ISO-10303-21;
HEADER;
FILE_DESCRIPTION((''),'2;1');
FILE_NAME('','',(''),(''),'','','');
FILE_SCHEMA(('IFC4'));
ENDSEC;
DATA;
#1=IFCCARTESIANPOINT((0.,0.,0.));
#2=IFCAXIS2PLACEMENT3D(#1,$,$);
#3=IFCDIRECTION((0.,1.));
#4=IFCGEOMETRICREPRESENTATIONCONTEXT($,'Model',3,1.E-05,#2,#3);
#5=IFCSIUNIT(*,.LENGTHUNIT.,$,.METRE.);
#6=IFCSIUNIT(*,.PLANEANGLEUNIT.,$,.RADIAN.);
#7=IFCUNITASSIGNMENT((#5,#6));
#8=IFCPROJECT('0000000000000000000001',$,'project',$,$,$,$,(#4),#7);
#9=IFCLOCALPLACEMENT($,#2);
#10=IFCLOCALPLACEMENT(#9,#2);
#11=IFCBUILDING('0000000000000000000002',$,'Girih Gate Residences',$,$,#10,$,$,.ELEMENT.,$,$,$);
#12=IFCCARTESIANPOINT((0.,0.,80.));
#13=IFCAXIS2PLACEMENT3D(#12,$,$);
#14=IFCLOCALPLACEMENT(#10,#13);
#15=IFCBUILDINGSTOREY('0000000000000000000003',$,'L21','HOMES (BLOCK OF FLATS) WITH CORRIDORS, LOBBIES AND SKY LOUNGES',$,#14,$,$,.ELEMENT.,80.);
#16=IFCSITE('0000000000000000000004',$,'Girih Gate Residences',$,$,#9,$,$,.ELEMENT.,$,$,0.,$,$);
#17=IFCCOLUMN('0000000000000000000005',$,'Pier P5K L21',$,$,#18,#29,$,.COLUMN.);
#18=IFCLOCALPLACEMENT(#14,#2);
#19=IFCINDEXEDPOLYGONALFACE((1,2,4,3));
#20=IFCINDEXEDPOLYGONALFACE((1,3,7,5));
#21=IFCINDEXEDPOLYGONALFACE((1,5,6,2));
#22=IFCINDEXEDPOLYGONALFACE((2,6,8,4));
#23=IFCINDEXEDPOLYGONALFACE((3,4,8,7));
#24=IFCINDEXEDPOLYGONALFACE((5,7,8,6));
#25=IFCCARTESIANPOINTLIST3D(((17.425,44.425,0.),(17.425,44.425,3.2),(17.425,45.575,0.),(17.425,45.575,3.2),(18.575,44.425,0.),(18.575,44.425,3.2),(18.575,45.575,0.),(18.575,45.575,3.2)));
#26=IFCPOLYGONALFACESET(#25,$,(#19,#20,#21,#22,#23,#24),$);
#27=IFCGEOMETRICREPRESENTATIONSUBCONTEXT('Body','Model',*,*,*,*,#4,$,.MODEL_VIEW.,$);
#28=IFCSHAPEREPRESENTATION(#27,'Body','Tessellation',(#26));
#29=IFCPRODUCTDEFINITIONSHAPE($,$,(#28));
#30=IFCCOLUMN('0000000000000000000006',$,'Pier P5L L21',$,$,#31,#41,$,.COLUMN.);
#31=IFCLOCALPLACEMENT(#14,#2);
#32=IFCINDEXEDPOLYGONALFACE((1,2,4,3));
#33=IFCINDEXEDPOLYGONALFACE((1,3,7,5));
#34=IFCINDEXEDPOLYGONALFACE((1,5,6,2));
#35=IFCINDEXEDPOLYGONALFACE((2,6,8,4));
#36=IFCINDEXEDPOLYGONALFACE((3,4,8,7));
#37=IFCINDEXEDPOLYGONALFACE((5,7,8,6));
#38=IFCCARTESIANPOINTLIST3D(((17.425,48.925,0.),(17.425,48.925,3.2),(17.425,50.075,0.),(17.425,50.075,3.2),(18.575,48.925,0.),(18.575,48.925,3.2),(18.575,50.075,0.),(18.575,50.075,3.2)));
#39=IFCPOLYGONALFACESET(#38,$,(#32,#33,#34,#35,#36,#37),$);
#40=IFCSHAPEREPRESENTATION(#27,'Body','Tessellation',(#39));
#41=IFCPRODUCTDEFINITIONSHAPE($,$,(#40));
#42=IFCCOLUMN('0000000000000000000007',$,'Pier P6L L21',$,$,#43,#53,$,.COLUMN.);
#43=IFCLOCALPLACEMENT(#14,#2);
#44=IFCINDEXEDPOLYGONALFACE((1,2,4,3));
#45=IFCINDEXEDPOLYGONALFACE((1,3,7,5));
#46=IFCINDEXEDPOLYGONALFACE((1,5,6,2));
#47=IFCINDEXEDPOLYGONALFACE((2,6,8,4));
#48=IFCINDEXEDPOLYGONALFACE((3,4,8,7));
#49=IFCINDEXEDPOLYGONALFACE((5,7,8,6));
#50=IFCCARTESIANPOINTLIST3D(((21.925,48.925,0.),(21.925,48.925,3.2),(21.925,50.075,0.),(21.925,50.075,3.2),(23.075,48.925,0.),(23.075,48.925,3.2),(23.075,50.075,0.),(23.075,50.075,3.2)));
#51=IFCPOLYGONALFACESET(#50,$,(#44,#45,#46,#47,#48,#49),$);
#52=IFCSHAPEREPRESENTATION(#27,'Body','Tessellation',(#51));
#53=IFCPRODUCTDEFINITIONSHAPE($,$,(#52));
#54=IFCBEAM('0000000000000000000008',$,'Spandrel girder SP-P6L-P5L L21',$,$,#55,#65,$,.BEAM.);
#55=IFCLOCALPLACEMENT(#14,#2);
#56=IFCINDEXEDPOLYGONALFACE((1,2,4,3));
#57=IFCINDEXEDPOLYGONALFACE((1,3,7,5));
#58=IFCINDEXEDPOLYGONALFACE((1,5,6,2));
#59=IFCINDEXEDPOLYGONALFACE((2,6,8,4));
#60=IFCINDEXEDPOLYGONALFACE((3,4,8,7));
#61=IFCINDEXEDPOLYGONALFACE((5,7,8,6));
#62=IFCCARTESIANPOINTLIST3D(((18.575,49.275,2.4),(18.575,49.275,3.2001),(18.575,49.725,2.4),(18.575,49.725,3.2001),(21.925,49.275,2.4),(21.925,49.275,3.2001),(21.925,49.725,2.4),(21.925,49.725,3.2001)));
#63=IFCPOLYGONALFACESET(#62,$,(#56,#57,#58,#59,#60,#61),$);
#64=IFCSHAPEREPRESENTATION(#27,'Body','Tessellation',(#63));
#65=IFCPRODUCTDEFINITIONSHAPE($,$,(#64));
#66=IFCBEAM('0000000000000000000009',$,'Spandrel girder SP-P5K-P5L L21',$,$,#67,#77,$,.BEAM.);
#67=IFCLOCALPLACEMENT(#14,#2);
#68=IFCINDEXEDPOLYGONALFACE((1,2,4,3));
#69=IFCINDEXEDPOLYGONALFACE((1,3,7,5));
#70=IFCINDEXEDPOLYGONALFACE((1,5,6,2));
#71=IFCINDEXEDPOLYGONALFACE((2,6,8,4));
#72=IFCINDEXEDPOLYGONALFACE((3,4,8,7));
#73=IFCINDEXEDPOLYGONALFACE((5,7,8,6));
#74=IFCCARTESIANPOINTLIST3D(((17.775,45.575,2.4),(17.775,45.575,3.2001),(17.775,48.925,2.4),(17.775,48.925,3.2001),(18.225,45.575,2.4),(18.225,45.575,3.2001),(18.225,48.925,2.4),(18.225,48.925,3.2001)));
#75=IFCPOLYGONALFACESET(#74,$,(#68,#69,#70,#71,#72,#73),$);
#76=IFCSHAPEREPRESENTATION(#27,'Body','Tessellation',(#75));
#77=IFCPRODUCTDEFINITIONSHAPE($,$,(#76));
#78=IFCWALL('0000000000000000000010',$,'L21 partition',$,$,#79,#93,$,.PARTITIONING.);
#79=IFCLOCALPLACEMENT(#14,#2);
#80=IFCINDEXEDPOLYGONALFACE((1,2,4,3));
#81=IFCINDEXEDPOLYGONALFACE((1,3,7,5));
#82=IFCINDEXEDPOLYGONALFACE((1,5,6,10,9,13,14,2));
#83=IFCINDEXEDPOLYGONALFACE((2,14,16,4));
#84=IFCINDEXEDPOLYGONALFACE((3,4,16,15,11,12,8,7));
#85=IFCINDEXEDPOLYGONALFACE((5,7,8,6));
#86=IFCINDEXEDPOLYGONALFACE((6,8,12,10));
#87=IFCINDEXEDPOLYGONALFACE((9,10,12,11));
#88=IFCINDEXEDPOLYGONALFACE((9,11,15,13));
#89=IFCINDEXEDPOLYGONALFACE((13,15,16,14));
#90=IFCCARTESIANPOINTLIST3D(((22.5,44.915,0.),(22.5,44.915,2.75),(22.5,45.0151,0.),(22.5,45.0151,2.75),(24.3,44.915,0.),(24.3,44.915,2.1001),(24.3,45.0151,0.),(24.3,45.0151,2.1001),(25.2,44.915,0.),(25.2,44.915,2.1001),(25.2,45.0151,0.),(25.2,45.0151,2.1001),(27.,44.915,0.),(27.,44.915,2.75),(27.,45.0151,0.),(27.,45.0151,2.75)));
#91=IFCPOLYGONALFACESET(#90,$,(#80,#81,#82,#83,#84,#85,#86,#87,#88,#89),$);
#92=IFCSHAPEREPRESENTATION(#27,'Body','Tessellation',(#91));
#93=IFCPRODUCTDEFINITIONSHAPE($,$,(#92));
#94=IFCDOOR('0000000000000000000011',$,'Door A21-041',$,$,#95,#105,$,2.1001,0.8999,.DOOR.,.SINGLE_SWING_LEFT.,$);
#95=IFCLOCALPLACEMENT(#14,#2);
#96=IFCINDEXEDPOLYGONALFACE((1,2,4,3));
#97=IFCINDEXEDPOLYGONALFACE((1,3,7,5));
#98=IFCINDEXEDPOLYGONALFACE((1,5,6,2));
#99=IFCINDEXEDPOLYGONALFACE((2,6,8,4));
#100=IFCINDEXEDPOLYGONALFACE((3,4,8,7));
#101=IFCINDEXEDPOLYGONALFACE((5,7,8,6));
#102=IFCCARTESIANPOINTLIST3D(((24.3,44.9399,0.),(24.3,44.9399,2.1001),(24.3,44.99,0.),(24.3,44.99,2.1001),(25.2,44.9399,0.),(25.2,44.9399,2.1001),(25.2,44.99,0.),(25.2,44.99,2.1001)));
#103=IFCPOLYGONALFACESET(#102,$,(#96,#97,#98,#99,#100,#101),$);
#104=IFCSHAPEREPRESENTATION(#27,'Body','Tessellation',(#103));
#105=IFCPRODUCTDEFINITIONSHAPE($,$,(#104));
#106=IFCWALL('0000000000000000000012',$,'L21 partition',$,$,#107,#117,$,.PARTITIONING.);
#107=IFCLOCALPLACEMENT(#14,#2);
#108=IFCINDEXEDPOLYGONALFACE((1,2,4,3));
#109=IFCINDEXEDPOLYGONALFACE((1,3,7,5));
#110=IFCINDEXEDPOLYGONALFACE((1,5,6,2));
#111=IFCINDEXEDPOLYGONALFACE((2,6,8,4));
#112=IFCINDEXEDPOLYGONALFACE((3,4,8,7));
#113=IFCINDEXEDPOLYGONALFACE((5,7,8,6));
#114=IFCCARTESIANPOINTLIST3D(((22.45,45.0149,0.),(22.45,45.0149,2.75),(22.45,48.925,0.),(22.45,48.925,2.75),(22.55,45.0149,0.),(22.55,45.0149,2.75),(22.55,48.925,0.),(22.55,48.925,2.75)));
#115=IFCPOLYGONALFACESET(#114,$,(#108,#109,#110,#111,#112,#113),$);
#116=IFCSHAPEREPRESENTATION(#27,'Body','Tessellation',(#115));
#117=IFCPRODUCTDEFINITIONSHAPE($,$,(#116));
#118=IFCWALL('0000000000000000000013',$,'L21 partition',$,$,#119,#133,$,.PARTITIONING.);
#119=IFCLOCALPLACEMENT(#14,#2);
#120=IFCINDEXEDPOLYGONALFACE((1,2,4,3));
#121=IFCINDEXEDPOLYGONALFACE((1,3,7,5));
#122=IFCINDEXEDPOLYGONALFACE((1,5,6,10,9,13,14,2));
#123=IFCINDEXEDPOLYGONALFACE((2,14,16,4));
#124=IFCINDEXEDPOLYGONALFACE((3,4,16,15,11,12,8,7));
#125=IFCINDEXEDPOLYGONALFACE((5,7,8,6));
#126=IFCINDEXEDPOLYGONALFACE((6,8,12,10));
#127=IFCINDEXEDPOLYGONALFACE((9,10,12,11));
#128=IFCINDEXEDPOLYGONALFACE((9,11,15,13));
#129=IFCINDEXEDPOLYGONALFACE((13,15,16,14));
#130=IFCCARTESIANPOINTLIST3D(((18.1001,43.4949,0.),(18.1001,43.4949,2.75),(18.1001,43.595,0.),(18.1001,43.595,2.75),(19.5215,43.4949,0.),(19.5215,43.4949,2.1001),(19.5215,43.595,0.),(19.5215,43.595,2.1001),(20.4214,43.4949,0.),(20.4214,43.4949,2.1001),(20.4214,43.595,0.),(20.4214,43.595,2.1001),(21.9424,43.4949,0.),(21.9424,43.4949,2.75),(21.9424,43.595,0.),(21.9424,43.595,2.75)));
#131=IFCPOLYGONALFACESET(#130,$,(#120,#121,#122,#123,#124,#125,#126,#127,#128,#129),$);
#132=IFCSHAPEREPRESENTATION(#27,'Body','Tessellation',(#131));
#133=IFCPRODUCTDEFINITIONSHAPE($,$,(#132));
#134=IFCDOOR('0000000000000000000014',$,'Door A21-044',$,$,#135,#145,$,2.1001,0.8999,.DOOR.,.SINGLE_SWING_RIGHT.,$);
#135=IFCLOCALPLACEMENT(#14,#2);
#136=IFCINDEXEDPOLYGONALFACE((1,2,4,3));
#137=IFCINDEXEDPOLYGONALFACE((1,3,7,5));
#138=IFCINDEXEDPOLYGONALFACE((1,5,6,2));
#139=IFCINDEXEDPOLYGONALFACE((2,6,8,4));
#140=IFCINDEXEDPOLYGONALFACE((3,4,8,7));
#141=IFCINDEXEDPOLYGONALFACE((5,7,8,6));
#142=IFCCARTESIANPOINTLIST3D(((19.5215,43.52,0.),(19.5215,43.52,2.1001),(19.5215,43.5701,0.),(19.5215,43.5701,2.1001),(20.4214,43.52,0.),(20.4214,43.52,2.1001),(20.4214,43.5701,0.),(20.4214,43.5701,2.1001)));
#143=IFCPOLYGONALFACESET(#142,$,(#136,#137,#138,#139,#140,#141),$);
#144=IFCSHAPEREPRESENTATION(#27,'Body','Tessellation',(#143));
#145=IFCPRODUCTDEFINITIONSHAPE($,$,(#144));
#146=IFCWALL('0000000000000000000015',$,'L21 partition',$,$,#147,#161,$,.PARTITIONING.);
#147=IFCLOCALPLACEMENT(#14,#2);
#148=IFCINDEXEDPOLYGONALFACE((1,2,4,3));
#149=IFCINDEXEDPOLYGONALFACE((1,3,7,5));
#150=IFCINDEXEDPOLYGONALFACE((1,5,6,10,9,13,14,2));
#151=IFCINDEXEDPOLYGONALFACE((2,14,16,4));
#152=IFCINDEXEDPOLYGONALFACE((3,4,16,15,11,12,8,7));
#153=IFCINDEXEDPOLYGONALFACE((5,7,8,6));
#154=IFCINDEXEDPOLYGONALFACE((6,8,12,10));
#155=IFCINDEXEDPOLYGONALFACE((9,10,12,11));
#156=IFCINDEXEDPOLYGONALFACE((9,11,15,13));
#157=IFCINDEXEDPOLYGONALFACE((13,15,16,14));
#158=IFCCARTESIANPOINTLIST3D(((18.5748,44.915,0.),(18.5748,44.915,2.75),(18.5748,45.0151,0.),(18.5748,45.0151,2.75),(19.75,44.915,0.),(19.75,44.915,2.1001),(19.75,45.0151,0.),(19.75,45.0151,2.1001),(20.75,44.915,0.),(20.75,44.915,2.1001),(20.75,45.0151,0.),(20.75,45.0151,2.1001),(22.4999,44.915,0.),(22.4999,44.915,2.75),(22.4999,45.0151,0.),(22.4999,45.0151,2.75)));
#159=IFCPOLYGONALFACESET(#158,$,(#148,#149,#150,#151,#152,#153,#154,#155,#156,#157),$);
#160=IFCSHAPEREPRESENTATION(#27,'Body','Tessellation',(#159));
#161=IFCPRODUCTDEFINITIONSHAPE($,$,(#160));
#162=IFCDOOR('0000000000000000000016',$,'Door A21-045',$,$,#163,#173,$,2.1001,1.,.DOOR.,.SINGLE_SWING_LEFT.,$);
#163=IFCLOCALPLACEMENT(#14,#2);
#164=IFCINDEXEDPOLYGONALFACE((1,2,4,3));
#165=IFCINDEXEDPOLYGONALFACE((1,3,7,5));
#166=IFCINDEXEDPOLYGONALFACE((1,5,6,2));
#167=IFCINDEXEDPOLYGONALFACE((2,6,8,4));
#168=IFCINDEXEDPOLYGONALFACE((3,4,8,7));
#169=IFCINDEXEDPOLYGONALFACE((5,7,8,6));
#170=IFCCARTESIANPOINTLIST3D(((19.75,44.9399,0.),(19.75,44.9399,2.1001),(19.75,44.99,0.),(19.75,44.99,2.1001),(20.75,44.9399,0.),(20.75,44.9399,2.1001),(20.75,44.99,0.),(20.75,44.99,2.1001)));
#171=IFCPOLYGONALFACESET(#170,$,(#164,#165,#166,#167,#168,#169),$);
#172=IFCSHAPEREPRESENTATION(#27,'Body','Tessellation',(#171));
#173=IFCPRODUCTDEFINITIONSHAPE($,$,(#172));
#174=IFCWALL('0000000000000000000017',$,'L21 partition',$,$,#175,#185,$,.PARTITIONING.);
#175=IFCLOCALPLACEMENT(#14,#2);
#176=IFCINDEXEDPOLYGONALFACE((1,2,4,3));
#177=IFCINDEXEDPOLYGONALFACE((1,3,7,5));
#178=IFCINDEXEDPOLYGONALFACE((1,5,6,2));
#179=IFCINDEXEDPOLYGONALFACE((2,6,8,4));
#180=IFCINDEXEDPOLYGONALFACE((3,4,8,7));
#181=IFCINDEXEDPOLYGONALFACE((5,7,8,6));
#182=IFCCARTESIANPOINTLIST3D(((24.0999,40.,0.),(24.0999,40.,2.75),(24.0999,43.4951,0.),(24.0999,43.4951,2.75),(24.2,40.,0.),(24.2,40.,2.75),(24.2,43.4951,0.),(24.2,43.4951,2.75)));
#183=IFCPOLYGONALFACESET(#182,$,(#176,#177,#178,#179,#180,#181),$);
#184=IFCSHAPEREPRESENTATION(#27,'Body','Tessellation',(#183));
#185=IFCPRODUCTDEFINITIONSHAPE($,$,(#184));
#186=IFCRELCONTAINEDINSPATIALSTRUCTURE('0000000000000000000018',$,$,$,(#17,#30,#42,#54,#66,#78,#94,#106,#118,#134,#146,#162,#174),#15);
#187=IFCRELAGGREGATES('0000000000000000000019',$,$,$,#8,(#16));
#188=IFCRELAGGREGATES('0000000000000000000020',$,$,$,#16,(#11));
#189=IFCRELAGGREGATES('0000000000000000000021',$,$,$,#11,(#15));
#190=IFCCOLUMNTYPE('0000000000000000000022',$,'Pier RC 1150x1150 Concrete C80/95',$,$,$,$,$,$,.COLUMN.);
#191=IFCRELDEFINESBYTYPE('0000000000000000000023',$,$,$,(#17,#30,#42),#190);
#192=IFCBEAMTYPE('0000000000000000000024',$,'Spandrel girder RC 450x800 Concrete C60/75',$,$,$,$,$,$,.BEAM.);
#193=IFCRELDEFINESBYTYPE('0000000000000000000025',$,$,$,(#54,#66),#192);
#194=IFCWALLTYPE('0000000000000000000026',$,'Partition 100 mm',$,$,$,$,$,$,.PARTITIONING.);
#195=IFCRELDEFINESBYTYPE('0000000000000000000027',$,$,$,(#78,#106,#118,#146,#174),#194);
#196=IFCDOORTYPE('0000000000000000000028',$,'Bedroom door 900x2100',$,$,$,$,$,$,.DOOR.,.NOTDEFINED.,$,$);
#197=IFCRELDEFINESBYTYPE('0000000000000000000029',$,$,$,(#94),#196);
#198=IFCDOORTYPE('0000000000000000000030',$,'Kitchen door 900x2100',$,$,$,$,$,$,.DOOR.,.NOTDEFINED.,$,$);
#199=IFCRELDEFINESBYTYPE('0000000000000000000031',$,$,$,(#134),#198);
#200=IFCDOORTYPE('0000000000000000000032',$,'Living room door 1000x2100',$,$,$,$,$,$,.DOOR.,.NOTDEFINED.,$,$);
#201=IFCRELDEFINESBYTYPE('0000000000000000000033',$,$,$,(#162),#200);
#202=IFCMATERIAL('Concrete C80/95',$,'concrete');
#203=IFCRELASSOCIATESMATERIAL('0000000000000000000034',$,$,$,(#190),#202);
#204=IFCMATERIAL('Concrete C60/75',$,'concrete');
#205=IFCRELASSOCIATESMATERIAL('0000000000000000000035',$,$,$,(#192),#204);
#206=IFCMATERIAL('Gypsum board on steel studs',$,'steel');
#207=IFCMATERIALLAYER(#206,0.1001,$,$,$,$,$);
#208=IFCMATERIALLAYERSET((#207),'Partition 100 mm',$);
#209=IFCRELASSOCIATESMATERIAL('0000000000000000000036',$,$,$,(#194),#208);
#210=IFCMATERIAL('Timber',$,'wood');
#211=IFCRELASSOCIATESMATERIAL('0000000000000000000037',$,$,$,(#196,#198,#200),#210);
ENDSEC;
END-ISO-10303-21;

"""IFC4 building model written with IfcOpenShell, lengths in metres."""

from ifc_helpers import new_model, si_unit, direction, frame, frame_2d, origin, origin_2d, place, context, subcontext, project, spatial, rectangle, extrude, material, layer, layer_set, material_profile, profile_set, type_object, element, fill, save


model = new_model("IFC4")

# Units and contexts
model_context = context("Model", 3, precision=1e-05, world=origin(), true_north=direction((0.0, 1.0)))
body_context = subcontext(model_context, "Body", "Model", "MODEL_VIEW")
ifc_project = project(units=[si_unit("LENGTHUNIT", "METRE"), si_unit("PLANEANGLEUNIT", "RADIAN")], contexts=[model_context])

# Site, building, storey
site_placement = place(None, origin())
site = spatial("IfcSite", under=ifc_project, at=site_placement, Name="Girih Gate Residences", CompositionType="ELEMENT", RefElevation=0.0)
building_placement = place(site_placement, origin())
building = spatial("IfcBuilding", under=site, at=building_placement, Name="Girih Gate Residences", CompositionType="ELEMENT")
storey_placement = place(building_placement, frame((0.0, 0.0, 80.0)))
storey = spatial("IfcBuildingStorey", under=building, at=storey_placement, Name="L21", Description="HOMES (BLOCK OF FLATS) WITH CORRIDORS, LOBBIES AND SKY LOUNGES", CompositionType="ELEMENT", Elevation=80.0)

# Columns
ifc_material_1 = material(Name="Concrete C80/95", Category="concrete")
ifc_material_profile_1 = material_profile(ifc_material_1, rectangle(XDim=1.1499, YDim=1.1499, at=origin_2d()))
ifc_profile_set_1 = profile_set([ifc_material_profile_1], Name="Concrete C80/95")
column_type = type_object("IfcColumnType", Name="Pier RC 1150x1150 Concrete C80/95", PredefinedType="COLUMN", material=ifc_profile_set_1)
for number, where, z_axis, x_axis, name in (
    (1, (18.0, 45.0, 0.0), (0.0, 0.0, 1.0), (1.0, 0.0, 0.0), "Pier P5K L21"),
    (2, (18.0, 49.5, 0.0), (0.0, 0.0, 1.0), (1.0, 0.0, 0.0), "Pier P5L L21"),
    (3, (22.5, 49.5, 0.0), (0.0, 0.0, 1.0), (1.0, 0.0, 0.0), "Pier P6L L21"),
):
    element("IfcColumn", number, at=place(storey_placement, frame(where, z_axis=z_axis, x_axis=x_axis)), inside=storey, type_object=column_type, Name=name, PredefinedType="COLUMN", context=body_context, shape_type="SweptSolid", body=[
        extrude(rectangle(XDim=1.1499, YDim=1.1499, at=origin_2d()), origin(), (0.0, 0.0, 1.0), 3.2),
    ])

# Beams
ifc_material_2 = material(Name="Concrete C60/75", Category="concrete")
ifc_material_profile_2 = material_profile(ifc_material_2, rectangle(XDim=0.45, YDim=0.8, at=origin_2d()))
ifc_profile_set_2 = profile_set([ifc_material_profile_2], Name="Concrete C60/75")
beam_type = type_object("IfcBeamType", Name="Spandrel girder RC 450x800 Concrete C60/75", PredefinedType="BEAM", material=ifc_profile_set_2)
for number, where, z_axis, x_axis, name in (
    (4, (21.925, 49.5, 2.8), (-1.0, 0.0, 0.0), (0.0, -1.0, 0.0), "Spandrel girder SP-P6L-P5L L21"),
    (5, (18.0, 45.575, 2.8), (0.0, 1.0, 0.0), (-1.0, 0.0, 0.0), "Spandrel girder SP-P5K-P5L L21"),
):
    element("IfcBeam", number, at=place(storey_placement, frame(where, z_axis=z_axis, x_axis=x_axis)), inside=storey, type_object=beam_type, Name=name, PredefinedType="BEAM", context=body_context, shape_type="SweptSolid", body=[
        extrude(rectangle(XDim=0.45, YDim=0.8, at=origin_2d()), origin(), (0.0, 0.0, 1.0), 3.3501),
    ])

# Wall, opening, door
ifc_material_3 = material(Name="Gypsum board on steel studs", Category="steel")
ifc_layer_1 = layer(ifc_material_3, 0.1001)
ifc_layer_set_1 = layer_set([ifc_layer_1], Name="Partition 100 mm")
wall_type_1 = type_object("IfcWallType", Name="Partition 100 mm", PredefinedType="PARTITIONING", material=ifc_layer_set_1)
wall_1_placement = place(storey_placement, frame((22.5, 44.9651, 0.0), z_axis=(0.0, 0.0, 1.0), x_axis=(1.0, 0.0, 0.0)))
wall_1 = element("IfcWall", 6, at=wall_1_placement, inside=storey, type_object=wall_type_1, Name="L21 partition", PredefinedType="PARTITIONING", context=body_context, shape_type="SweptSolid", body=[
    extrude(rectangle(XDim=4.5, YDim=0.1001, at=frame_2d((2.25, 0.0))), origin(), (0.0, 0.0, 1.0), 2.75),
])
opening_1_placement = place(wall_1_placement, frame((1.8, 0.0, 0.0)))
opening_1 = element("IfcOpeningElement", 7, at=opening_1_placement, cuts=wall_1, PredefinedType="OPENING", context=body_context, shape_type="SweptSolid", body=[
    extrude(rectangle(XDim=0.8999, YDim=2.1001, at=frame_2d((0.45, 1.05))), frame((0.0, 0.0601, 0.0), z_axis=(0.0, -1.0, 0.0), x_axis=(1.0, 0.0, 0.0)), (0.0, 0.0, 1.0), 0.1201),
])
ifc_material_4 = material(Name="Timber", Category="wood")
door_type_1 = type_object("IfcDoorType", Name="Bedroom door 900x2100", OperationType="NOTDEFINED", PredefinedType="DOOR", material=ifc_material_4)
door_1_placement = place(opening_1_placement, origin())
door_1 = element("IfcDoor", 8, at=door_1_placement, inside=storey, type_object=door_type_1, Name="Door A21-041", OperationType="SINGLE_SWING_LEFT", OverallHeight=2.1001, OverallWidth=0.8999, PredefinedType="DOOR", context=body_context, shape_type="SweptSolid", body=[
    extrude(rectangle(XDim=0.8999, YDim=2.1001, at=frame_2d((0.45, 1.05))), frame((0.0, 0.0249, 0.0), z_axis=(0.0, -1.0, 0.0), x_axis=(1.0, 0.0, 0.0)), (0.0, 0.0, 1.0), 0.05),
])
fill(opening_1, door_1)

# Wall
wall_2_placement = place(storey_placement, frame((22.5, 45.0149, 0.0), z_axis=(0.0, 0.0, 1.0), x_axis=(0.0, 1.0, 0.0)))
element("IfcWall", 9, at=wall_2_placement, inside=storey, type_object=wall_type_1, Name="L21 partition", PredefinedType="PARTITIONING", context=body_context, shape_type="SweptSolid", body=[
    extrude(rectangle(XDim=3.9102, YDim=0.1001, at=frame_2d((1.9551, 0.0))), origin(), (0.0, 0.0, 1.0), 2.75),
])

# Walls, openings, doors
wall_3_placement = place(storey_placement, frame((21.9424, 43.5449, 0.0), z_axis=(0.0, 0.0, 1.0), x_axis=(-1.0, 0.0, 0.0)))
wall_3 = element("IfcWall", 10, at=wall_3_placement, inside=storey, type_object=wall_type_1, Name="L21 partition", PredefinedType="PARTITIONING", context=body_context, shape_type="SweptSolid", body=[
    extrude(rectangle(XDim=3.8423, YDim=0.1001, at=frame_2d((1.9211, 0.0))), origin(), (0.0, 0.0, 1.0), 2.75),
])
opening_2_placement = place(wall_3_placement, frame((1.521, 0.0, 0.0)))
opening_2 = element("IfcOpeningElement", 11, at=opening_2_placement, cuts=wall_3, PredefinedType="OPENING", context=body_context, shape_type="SweptSolid", body=[
    extrude(rectangle(XDim=0.8999, YDim=2.1001, at=frame_2d((0.45, 1.05))), frame((0.0, 0.0601, 0.0), z_axis=(0.0, -1.0, 0.0), x_axis=(1.0, 0.0, 0.0)), (0.0, 0.0, 1.0), 0.1201),
])
door_type_2 = type_object("IfcDoorType", Name="Kitchen door 900x2100", OperationType="NOTDEFINED", PredefinedType="DOOR", material=ifc_material_4)
door_2_placement = place(opening_2_placement, origin())
door_2 = element("IfcDoor", 12, at=door_2_placement, inside=storey, type_object=door_type_2, Name="Door A21-044", OperationType="SINGLE_SWING_RIGHT", OverallHeight=2.1001, OverallWidth=0.8999, PredefinedType="DOOR", context=body_context, shape_type="SweptSolid", body=[
    extrude(rectangle(XDim=0.8999, YDim=2.1001, at=frame_2d((0.45, 1.05))), frame((0.0, 0.0249, 0.0), z_axis=(0.0, -1.0, 0.0), x_axis=(1.0, 0.0, 0.0)), (0.0, 0.0, 1.0), 0.05),
])
fill(opening_2, door_2)
wall_4_placement = place(storey_placement, frame((18.575, 44.9651, 0.0), z_axis=(0.0, 0.0, 1.0), x_axis=(1.0, 0.0, 0.0)))
wall_4 = element("IfcWall", 13, at=wall_4_placement, inside=storey, type_object=wall_type_1, Name="L21 partition", PredefinedType="PARTITIONING", context=body_context, shape_type="SweptSolid", body=[
    extrude(rectangle(XDim=3.925, YDim=0.1001, at=frame_2d((1.9624, 0.0))), origin(), (0.0, 0.0, 1.0), 2.75),
])
opening_3_placement = place(wall_4_placement, frame((1.175, 0.0, 0.0)))
opening_3 = element("IfcOpeningElement", 14, at=opening_3_placement, cuts=wall_4, PredefinedType="OPENING", context=body_context, shape_type="SweptSolid", body=[
    extrude(rectangle(XDim=1.0, YDim=2.1001, at=frame_2d((0.5, 1.05))), frame((0.0, 0.0601, 0.0), z_axis=(0.0, -1.0, 0.0), x_axis=(1.0, 0.0, 0.0)), (0.0, 0.0, 1.0), 0.1201),
])
door_type_3 = type_object("IfcDoorType", Name="Living room door 1000x2100", OperationType="NOTDEFINED", PredefinedType="DOOR", material=ifc_material_4)
door_3_placement = place(opening_3_placement, origin())
door_3 = element("IfcDoor", 15, at=door_3_placement, inside=storey, type_object=door_type_3, Name="Door A21-045", OperationType="SINGLE_SWING_LEFT", OverallHeight=2.1001, OverallWidth=1.0, PredefinedType="DOOR", context=body_context, shape_type="SweptSolid", body=[
    extrude(rectangle(XDim=1.0, YDim=2.1001, at=frame_2d((0.5, 1.05))), frame((0.0, 0.0249, 0.0), z_axis=(0.0, -1.0, 0.0), x_axis=(1.0, 0.0, 0.0)), (0.0, 0.0, 1.0), 0.05),
])
fill(opening_3, door_3)

# Wall
wall_5_placement = place(storey_placement, frame((24.1499, 40.0, 0.0), z_axis=(0.0, 0.0, 1.0), x_axis=(0.0, 1.0, 0.0)))
element("IfcWall", 16, at=wall_5_placement, inside=storey, type_object=wall_type_1, Name="L21 partition", PredefinedType="PARTITIONING", context=body_context, shape_type="SweptSolid", body=[
    extrude(rectangle(XDim=3.4951, YDim=0.1001, at=frame_2d((1.7476, 0.0))), origin(), (0.0, 0.0, 1.0), 2.75),
])

save(model, "model.ifc")
